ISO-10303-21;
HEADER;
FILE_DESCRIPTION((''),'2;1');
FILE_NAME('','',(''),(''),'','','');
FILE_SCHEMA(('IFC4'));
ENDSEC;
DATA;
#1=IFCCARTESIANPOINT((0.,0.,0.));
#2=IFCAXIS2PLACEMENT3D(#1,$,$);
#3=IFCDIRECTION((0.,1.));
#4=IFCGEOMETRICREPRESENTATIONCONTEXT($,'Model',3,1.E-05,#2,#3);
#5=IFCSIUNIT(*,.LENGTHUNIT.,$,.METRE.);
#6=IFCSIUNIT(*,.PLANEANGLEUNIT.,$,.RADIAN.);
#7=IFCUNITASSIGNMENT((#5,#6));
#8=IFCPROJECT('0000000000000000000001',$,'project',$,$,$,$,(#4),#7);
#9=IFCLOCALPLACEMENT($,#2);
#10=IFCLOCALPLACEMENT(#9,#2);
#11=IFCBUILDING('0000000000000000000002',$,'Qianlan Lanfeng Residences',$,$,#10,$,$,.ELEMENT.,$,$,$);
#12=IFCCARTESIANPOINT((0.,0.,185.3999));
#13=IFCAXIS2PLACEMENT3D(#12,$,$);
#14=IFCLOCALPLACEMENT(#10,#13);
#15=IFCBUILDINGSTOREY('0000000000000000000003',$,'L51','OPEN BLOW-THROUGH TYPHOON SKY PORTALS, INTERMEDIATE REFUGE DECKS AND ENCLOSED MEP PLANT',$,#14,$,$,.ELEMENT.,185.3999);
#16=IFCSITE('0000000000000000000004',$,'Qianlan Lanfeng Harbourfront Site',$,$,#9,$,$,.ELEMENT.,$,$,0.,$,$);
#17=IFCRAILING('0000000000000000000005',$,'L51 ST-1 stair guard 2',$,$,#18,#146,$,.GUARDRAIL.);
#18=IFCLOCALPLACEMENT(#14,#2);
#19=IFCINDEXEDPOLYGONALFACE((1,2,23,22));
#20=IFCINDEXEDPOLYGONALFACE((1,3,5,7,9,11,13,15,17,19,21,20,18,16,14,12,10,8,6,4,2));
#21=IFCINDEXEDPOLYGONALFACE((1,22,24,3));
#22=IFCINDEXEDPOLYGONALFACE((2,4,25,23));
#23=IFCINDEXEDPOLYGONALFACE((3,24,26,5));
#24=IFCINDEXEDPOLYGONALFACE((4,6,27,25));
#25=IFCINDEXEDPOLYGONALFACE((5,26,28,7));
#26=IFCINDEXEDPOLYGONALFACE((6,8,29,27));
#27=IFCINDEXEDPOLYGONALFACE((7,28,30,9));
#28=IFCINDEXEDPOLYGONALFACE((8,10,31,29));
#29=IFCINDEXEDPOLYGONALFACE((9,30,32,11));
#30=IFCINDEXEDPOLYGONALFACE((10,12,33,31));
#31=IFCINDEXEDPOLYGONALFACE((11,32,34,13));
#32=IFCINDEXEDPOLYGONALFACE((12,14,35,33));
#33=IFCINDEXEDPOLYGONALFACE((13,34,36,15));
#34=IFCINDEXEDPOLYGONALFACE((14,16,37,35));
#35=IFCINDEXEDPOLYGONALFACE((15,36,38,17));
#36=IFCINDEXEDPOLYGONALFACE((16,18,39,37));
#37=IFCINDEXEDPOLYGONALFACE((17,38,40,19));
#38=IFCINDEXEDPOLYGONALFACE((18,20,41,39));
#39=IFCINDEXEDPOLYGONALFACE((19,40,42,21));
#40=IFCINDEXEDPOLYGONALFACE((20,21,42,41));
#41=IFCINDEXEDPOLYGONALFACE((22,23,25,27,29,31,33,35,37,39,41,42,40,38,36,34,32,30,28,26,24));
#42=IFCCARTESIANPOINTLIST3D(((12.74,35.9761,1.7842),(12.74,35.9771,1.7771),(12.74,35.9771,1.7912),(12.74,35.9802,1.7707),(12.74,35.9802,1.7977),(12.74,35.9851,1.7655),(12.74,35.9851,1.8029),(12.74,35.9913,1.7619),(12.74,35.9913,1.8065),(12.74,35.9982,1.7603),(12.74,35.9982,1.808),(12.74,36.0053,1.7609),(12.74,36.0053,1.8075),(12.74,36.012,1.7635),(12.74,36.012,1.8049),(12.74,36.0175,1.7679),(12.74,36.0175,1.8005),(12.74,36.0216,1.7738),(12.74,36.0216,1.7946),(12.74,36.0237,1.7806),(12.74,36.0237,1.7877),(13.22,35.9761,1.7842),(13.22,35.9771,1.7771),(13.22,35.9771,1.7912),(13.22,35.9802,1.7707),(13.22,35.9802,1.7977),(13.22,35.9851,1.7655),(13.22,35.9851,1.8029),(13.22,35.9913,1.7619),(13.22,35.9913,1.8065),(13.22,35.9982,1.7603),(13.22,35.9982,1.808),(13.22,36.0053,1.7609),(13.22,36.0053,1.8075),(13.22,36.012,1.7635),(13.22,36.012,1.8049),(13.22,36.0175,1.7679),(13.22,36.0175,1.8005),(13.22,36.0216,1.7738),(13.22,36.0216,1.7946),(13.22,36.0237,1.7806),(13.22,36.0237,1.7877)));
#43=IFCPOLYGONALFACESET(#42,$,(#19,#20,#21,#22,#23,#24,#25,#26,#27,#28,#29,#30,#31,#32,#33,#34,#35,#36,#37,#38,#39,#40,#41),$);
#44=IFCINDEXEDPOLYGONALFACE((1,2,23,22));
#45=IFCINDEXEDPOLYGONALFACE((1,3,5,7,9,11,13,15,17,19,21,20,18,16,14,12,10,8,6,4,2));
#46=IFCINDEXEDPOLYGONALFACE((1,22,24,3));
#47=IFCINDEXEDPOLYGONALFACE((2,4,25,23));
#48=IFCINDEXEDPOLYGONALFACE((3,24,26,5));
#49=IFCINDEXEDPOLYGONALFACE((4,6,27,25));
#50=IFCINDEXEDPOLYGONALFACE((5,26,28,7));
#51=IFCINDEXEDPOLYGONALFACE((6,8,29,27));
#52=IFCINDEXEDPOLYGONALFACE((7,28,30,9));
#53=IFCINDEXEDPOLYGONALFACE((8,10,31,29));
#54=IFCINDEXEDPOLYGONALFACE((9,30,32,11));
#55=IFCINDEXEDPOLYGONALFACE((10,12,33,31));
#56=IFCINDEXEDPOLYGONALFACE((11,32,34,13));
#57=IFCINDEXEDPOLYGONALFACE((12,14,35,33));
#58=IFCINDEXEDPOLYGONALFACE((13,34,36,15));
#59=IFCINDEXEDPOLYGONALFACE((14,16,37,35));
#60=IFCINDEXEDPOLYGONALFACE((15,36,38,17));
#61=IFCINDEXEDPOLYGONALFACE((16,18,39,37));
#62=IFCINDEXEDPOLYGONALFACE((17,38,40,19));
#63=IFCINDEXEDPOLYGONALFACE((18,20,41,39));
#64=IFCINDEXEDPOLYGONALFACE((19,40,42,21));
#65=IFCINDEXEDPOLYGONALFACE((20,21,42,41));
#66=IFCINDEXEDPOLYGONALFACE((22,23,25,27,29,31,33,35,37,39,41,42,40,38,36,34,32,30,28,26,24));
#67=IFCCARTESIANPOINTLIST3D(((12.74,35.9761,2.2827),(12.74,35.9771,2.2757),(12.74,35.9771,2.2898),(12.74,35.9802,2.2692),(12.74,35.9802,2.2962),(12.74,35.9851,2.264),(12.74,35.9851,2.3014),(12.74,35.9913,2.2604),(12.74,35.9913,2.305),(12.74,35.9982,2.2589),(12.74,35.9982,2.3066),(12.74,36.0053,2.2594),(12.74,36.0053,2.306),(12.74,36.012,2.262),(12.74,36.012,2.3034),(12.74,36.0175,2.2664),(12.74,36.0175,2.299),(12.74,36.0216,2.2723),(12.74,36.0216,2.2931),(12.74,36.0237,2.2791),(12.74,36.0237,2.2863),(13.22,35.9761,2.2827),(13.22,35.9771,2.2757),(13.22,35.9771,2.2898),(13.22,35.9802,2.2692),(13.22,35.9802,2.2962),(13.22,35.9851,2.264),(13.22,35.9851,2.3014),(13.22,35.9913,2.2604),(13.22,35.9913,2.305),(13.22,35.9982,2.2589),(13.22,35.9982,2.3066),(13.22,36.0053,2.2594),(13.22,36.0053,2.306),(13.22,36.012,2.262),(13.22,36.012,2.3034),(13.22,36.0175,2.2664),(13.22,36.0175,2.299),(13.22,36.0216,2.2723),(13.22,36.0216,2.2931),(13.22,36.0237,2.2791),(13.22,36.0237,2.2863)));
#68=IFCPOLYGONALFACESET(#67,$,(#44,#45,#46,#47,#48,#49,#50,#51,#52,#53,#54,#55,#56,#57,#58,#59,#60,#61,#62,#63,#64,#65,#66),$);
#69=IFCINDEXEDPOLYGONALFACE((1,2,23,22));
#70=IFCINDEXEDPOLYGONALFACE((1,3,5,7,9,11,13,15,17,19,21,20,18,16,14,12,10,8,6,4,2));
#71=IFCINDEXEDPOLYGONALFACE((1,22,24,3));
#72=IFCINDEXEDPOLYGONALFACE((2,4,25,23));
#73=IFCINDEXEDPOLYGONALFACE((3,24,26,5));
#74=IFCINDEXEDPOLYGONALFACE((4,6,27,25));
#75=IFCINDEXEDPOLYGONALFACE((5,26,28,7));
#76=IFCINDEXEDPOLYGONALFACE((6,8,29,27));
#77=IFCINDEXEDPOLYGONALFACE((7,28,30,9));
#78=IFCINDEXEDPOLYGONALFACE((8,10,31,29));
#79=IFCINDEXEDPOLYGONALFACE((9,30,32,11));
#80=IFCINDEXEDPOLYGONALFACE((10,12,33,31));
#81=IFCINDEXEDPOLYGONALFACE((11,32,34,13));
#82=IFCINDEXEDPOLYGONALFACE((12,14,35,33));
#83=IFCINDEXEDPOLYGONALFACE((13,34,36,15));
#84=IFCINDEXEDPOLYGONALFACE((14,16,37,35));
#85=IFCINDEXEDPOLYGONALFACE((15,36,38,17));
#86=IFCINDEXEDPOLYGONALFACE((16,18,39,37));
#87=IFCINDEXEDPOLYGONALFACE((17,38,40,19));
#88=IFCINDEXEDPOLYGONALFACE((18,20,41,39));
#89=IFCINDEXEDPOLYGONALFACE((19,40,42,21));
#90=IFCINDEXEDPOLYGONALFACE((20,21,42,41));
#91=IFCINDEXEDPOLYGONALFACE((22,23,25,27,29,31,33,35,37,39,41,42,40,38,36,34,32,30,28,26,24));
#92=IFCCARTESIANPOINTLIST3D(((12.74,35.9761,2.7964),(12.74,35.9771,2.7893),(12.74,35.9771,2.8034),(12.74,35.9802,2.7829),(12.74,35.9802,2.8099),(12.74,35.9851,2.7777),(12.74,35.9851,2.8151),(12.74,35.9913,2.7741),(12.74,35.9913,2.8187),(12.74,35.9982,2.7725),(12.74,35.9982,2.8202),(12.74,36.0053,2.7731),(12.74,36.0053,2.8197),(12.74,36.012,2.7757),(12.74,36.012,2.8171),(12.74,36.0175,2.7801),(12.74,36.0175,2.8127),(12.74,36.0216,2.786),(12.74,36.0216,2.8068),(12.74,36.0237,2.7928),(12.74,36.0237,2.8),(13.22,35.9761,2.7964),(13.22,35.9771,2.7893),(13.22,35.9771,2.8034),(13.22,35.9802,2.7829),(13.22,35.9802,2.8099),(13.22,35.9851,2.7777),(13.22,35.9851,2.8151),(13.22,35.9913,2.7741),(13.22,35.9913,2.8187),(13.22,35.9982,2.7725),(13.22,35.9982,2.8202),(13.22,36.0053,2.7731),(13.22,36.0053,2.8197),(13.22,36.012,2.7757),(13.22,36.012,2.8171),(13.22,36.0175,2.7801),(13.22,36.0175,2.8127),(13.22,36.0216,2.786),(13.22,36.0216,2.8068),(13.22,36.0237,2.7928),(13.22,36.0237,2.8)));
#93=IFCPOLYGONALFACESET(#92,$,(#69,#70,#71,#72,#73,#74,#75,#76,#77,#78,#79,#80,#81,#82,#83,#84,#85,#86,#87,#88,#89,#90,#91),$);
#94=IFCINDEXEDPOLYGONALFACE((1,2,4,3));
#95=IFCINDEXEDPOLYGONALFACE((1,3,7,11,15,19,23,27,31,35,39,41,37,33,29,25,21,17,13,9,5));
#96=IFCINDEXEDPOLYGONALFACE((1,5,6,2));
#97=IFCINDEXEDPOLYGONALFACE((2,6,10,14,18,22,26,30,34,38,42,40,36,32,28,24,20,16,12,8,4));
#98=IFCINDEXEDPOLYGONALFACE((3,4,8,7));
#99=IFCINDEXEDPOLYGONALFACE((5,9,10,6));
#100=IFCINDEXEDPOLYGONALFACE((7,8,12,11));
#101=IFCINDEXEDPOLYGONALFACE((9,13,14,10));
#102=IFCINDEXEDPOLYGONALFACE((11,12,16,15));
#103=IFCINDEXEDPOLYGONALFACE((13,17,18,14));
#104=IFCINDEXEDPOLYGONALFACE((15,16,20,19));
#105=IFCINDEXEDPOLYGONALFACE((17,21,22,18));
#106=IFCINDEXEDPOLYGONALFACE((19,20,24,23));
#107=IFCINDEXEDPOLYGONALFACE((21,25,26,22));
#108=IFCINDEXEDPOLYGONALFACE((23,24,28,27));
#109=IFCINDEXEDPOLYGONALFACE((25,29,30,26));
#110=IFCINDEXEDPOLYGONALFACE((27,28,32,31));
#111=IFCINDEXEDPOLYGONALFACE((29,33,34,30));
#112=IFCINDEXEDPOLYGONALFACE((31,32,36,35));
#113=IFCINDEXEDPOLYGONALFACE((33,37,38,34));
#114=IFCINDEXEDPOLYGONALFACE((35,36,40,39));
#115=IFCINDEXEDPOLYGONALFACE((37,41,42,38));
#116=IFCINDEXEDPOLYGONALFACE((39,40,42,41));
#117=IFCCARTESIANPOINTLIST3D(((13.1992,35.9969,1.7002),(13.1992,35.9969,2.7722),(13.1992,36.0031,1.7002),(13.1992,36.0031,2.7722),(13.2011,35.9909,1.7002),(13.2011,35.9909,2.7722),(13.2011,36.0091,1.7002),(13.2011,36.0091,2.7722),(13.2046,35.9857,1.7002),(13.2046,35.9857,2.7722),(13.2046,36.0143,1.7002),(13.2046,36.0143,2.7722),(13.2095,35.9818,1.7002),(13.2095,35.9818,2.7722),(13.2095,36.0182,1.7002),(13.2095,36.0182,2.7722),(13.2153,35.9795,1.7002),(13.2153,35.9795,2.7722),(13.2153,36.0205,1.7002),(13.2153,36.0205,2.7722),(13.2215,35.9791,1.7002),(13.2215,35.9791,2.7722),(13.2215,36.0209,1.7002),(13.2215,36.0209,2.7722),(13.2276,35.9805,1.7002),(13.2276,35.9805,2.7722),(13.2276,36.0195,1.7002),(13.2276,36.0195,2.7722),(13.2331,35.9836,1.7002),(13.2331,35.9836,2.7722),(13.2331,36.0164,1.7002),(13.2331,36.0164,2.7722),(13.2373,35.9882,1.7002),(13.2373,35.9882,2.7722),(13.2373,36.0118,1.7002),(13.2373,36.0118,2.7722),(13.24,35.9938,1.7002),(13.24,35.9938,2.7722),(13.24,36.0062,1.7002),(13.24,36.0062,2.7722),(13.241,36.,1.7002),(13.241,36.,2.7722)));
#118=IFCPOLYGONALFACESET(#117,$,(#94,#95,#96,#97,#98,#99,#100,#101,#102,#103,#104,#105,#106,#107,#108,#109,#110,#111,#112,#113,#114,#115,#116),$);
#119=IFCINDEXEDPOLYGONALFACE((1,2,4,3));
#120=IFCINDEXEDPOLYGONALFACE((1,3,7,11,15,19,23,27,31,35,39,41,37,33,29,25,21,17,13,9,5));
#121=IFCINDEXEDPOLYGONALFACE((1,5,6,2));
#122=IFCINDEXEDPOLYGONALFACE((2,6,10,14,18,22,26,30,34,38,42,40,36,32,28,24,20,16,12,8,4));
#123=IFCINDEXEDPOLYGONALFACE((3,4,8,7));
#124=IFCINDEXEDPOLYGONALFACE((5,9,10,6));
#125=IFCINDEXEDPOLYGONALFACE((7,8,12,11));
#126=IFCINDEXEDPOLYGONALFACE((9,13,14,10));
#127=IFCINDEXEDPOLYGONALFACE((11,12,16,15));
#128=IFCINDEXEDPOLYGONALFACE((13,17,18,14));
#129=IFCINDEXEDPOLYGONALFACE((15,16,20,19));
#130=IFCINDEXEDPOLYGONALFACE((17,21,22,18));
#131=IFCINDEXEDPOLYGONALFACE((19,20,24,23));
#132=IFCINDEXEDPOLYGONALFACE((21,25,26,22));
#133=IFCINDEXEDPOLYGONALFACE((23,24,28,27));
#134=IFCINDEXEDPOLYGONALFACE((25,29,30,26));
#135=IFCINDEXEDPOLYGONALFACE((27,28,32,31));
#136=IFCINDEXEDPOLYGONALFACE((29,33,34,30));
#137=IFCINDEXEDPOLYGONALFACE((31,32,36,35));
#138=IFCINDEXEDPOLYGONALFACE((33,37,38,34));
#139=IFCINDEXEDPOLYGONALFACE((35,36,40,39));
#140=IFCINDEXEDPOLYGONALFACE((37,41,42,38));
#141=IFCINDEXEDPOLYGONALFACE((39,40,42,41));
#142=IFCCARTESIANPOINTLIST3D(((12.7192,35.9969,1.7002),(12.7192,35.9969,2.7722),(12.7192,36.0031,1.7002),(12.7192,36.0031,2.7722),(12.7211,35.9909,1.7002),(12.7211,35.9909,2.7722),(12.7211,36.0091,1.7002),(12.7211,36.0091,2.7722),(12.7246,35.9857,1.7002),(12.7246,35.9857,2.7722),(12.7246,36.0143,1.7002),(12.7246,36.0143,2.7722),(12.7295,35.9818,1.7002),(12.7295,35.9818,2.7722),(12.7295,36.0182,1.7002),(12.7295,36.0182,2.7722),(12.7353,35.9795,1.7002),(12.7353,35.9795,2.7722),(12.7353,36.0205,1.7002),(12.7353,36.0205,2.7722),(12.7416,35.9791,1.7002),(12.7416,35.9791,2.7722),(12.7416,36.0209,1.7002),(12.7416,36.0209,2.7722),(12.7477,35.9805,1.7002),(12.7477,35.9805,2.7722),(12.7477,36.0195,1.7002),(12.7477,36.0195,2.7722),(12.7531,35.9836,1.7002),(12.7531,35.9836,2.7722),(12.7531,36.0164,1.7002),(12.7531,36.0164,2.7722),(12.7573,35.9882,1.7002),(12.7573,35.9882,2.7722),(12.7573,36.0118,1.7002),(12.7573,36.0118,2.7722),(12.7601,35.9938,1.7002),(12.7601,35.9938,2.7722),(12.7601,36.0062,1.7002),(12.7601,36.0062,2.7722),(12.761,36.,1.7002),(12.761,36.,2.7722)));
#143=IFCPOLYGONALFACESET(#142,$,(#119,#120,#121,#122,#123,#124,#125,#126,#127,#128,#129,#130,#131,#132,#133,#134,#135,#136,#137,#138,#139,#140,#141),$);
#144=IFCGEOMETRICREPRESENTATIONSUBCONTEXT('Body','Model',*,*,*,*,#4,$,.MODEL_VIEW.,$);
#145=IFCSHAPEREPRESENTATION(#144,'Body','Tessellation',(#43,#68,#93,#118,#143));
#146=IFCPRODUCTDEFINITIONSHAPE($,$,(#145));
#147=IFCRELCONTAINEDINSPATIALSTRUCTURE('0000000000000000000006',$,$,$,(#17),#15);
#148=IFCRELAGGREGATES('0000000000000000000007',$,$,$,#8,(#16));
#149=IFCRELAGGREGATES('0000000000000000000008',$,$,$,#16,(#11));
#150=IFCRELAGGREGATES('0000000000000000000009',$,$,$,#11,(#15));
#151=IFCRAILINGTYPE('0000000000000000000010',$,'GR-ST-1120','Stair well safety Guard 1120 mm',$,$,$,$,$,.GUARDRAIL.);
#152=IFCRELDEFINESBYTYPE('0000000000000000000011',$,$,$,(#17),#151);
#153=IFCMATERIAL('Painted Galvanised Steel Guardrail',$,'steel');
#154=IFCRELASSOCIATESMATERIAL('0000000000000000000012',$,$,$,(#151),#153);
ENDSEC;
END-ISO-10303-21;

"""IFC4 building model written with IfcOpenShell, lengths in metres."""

from ifc_helpers import new_model, si_unit, direction, frame, origin, origin_2d, place, context, subcontext, project, spatial, circle, extrude, material, type_object, element, save


model = new_model("IFC4")

# Units and contexts
model_context = context("Model", 3, precision=1e-05, world=origin(), true_north=direction((0.0, 1.0)))
body_context = subcontext(model_context, "Body", "Model", "MODEL_VIEW")
ifc_project = project(units=[si_unit("LENGTHUNIT", "METRE"), si_unit("PLANEANGLEUNIT", "RADIAN")], contexts=[model_context])

# Site, building, storey
site_placement = place(None, origin())
site = spatial("IfcSite", under=ifc_project, at=site_placement, Name="Qianlan Lanfeng Harbourfront Site", CompositionType="ELEMENT", RefElevation=0.0)
building_placement = place(site_placement, origin())
building = spatial("IfcBuilding", under=site, at=building_placement, Name="Qianlan Lanfeng Residences", CompositionType="ELEMENT")
storey_placement = place(building_placement, frame((0.0, 0.0, 185.3999)))
storey = spatial("IfcBuildingStorey", under=building, at=storey_placement, Name="L51", Description="OPEN BLOW-THROUGH TYPHOON SKY PORTALS, INTERMEDIATE REFUGE DECKS AND ENCLOSED MEP PLANT", CompositionType="ELEMENT", Elevation=185.3999)

# Railing
ifc_material_1 = material(Name="Painted Galvanised Steel Guardrail", Category="steel")
railing_type_1 = type_object("IfcRailingType", Name="GR-ST-1120", Description="Stair well safety Guard 1120 mm", PredefinedType="GUARDRAIL", material=ifc_material_1)
railing_1_placement = place(storey_placement, frame((13.22, 36.0, 1.7002)))
element("IfcRailing", 1, at=railing_1_placement, inside=storey, type_object=railing_type_1, Name="L51 ST-1 stair guard 2", PredefinedType="GUARDRAIL", context=body_context, shape_type="SweptSolid", body=[
    extrude(circle(Radius=0.0239, at=origin_2d()), frame((0.0, 0.0, 0.084), z_axis=(-1.0, 0.0, 0.0), x_axis=(0.0, -1.0, 0.0)), (0.0, 0.0, 1.0), 0.48),
    extrude(circle(Radius=0.0239, at=origin_2d()), frame((0.0, 0.0, 0.5825), z_axis=(-1.0, 0.0, 0.0), x_axis=(0.0, -1.0, 0.0)), (0.0, 0.0, 1.0), 0.48),
    extrude(circle(Radius=0.0239, at=origin_2d()), frame((0.0, 0.0, 1.0962), z_axis=(-1.0, 0.0, 0.0), x_axis=(0.0, -1.0, 0.0)), (0.0, 0.0, 1.0), 0.48),
    extrude(circle(Radius=0.021, at=origin_2d()), origin(), (0.0, 0.0, 1.0), 1.072),
    extrude(circle(Radius=0.021, at=origin_2d()), frame((-0.48, 0.0, 0.0)), (0.0, 0.0, 1.0), 1.072),
])

save(model, "model.ifc")
